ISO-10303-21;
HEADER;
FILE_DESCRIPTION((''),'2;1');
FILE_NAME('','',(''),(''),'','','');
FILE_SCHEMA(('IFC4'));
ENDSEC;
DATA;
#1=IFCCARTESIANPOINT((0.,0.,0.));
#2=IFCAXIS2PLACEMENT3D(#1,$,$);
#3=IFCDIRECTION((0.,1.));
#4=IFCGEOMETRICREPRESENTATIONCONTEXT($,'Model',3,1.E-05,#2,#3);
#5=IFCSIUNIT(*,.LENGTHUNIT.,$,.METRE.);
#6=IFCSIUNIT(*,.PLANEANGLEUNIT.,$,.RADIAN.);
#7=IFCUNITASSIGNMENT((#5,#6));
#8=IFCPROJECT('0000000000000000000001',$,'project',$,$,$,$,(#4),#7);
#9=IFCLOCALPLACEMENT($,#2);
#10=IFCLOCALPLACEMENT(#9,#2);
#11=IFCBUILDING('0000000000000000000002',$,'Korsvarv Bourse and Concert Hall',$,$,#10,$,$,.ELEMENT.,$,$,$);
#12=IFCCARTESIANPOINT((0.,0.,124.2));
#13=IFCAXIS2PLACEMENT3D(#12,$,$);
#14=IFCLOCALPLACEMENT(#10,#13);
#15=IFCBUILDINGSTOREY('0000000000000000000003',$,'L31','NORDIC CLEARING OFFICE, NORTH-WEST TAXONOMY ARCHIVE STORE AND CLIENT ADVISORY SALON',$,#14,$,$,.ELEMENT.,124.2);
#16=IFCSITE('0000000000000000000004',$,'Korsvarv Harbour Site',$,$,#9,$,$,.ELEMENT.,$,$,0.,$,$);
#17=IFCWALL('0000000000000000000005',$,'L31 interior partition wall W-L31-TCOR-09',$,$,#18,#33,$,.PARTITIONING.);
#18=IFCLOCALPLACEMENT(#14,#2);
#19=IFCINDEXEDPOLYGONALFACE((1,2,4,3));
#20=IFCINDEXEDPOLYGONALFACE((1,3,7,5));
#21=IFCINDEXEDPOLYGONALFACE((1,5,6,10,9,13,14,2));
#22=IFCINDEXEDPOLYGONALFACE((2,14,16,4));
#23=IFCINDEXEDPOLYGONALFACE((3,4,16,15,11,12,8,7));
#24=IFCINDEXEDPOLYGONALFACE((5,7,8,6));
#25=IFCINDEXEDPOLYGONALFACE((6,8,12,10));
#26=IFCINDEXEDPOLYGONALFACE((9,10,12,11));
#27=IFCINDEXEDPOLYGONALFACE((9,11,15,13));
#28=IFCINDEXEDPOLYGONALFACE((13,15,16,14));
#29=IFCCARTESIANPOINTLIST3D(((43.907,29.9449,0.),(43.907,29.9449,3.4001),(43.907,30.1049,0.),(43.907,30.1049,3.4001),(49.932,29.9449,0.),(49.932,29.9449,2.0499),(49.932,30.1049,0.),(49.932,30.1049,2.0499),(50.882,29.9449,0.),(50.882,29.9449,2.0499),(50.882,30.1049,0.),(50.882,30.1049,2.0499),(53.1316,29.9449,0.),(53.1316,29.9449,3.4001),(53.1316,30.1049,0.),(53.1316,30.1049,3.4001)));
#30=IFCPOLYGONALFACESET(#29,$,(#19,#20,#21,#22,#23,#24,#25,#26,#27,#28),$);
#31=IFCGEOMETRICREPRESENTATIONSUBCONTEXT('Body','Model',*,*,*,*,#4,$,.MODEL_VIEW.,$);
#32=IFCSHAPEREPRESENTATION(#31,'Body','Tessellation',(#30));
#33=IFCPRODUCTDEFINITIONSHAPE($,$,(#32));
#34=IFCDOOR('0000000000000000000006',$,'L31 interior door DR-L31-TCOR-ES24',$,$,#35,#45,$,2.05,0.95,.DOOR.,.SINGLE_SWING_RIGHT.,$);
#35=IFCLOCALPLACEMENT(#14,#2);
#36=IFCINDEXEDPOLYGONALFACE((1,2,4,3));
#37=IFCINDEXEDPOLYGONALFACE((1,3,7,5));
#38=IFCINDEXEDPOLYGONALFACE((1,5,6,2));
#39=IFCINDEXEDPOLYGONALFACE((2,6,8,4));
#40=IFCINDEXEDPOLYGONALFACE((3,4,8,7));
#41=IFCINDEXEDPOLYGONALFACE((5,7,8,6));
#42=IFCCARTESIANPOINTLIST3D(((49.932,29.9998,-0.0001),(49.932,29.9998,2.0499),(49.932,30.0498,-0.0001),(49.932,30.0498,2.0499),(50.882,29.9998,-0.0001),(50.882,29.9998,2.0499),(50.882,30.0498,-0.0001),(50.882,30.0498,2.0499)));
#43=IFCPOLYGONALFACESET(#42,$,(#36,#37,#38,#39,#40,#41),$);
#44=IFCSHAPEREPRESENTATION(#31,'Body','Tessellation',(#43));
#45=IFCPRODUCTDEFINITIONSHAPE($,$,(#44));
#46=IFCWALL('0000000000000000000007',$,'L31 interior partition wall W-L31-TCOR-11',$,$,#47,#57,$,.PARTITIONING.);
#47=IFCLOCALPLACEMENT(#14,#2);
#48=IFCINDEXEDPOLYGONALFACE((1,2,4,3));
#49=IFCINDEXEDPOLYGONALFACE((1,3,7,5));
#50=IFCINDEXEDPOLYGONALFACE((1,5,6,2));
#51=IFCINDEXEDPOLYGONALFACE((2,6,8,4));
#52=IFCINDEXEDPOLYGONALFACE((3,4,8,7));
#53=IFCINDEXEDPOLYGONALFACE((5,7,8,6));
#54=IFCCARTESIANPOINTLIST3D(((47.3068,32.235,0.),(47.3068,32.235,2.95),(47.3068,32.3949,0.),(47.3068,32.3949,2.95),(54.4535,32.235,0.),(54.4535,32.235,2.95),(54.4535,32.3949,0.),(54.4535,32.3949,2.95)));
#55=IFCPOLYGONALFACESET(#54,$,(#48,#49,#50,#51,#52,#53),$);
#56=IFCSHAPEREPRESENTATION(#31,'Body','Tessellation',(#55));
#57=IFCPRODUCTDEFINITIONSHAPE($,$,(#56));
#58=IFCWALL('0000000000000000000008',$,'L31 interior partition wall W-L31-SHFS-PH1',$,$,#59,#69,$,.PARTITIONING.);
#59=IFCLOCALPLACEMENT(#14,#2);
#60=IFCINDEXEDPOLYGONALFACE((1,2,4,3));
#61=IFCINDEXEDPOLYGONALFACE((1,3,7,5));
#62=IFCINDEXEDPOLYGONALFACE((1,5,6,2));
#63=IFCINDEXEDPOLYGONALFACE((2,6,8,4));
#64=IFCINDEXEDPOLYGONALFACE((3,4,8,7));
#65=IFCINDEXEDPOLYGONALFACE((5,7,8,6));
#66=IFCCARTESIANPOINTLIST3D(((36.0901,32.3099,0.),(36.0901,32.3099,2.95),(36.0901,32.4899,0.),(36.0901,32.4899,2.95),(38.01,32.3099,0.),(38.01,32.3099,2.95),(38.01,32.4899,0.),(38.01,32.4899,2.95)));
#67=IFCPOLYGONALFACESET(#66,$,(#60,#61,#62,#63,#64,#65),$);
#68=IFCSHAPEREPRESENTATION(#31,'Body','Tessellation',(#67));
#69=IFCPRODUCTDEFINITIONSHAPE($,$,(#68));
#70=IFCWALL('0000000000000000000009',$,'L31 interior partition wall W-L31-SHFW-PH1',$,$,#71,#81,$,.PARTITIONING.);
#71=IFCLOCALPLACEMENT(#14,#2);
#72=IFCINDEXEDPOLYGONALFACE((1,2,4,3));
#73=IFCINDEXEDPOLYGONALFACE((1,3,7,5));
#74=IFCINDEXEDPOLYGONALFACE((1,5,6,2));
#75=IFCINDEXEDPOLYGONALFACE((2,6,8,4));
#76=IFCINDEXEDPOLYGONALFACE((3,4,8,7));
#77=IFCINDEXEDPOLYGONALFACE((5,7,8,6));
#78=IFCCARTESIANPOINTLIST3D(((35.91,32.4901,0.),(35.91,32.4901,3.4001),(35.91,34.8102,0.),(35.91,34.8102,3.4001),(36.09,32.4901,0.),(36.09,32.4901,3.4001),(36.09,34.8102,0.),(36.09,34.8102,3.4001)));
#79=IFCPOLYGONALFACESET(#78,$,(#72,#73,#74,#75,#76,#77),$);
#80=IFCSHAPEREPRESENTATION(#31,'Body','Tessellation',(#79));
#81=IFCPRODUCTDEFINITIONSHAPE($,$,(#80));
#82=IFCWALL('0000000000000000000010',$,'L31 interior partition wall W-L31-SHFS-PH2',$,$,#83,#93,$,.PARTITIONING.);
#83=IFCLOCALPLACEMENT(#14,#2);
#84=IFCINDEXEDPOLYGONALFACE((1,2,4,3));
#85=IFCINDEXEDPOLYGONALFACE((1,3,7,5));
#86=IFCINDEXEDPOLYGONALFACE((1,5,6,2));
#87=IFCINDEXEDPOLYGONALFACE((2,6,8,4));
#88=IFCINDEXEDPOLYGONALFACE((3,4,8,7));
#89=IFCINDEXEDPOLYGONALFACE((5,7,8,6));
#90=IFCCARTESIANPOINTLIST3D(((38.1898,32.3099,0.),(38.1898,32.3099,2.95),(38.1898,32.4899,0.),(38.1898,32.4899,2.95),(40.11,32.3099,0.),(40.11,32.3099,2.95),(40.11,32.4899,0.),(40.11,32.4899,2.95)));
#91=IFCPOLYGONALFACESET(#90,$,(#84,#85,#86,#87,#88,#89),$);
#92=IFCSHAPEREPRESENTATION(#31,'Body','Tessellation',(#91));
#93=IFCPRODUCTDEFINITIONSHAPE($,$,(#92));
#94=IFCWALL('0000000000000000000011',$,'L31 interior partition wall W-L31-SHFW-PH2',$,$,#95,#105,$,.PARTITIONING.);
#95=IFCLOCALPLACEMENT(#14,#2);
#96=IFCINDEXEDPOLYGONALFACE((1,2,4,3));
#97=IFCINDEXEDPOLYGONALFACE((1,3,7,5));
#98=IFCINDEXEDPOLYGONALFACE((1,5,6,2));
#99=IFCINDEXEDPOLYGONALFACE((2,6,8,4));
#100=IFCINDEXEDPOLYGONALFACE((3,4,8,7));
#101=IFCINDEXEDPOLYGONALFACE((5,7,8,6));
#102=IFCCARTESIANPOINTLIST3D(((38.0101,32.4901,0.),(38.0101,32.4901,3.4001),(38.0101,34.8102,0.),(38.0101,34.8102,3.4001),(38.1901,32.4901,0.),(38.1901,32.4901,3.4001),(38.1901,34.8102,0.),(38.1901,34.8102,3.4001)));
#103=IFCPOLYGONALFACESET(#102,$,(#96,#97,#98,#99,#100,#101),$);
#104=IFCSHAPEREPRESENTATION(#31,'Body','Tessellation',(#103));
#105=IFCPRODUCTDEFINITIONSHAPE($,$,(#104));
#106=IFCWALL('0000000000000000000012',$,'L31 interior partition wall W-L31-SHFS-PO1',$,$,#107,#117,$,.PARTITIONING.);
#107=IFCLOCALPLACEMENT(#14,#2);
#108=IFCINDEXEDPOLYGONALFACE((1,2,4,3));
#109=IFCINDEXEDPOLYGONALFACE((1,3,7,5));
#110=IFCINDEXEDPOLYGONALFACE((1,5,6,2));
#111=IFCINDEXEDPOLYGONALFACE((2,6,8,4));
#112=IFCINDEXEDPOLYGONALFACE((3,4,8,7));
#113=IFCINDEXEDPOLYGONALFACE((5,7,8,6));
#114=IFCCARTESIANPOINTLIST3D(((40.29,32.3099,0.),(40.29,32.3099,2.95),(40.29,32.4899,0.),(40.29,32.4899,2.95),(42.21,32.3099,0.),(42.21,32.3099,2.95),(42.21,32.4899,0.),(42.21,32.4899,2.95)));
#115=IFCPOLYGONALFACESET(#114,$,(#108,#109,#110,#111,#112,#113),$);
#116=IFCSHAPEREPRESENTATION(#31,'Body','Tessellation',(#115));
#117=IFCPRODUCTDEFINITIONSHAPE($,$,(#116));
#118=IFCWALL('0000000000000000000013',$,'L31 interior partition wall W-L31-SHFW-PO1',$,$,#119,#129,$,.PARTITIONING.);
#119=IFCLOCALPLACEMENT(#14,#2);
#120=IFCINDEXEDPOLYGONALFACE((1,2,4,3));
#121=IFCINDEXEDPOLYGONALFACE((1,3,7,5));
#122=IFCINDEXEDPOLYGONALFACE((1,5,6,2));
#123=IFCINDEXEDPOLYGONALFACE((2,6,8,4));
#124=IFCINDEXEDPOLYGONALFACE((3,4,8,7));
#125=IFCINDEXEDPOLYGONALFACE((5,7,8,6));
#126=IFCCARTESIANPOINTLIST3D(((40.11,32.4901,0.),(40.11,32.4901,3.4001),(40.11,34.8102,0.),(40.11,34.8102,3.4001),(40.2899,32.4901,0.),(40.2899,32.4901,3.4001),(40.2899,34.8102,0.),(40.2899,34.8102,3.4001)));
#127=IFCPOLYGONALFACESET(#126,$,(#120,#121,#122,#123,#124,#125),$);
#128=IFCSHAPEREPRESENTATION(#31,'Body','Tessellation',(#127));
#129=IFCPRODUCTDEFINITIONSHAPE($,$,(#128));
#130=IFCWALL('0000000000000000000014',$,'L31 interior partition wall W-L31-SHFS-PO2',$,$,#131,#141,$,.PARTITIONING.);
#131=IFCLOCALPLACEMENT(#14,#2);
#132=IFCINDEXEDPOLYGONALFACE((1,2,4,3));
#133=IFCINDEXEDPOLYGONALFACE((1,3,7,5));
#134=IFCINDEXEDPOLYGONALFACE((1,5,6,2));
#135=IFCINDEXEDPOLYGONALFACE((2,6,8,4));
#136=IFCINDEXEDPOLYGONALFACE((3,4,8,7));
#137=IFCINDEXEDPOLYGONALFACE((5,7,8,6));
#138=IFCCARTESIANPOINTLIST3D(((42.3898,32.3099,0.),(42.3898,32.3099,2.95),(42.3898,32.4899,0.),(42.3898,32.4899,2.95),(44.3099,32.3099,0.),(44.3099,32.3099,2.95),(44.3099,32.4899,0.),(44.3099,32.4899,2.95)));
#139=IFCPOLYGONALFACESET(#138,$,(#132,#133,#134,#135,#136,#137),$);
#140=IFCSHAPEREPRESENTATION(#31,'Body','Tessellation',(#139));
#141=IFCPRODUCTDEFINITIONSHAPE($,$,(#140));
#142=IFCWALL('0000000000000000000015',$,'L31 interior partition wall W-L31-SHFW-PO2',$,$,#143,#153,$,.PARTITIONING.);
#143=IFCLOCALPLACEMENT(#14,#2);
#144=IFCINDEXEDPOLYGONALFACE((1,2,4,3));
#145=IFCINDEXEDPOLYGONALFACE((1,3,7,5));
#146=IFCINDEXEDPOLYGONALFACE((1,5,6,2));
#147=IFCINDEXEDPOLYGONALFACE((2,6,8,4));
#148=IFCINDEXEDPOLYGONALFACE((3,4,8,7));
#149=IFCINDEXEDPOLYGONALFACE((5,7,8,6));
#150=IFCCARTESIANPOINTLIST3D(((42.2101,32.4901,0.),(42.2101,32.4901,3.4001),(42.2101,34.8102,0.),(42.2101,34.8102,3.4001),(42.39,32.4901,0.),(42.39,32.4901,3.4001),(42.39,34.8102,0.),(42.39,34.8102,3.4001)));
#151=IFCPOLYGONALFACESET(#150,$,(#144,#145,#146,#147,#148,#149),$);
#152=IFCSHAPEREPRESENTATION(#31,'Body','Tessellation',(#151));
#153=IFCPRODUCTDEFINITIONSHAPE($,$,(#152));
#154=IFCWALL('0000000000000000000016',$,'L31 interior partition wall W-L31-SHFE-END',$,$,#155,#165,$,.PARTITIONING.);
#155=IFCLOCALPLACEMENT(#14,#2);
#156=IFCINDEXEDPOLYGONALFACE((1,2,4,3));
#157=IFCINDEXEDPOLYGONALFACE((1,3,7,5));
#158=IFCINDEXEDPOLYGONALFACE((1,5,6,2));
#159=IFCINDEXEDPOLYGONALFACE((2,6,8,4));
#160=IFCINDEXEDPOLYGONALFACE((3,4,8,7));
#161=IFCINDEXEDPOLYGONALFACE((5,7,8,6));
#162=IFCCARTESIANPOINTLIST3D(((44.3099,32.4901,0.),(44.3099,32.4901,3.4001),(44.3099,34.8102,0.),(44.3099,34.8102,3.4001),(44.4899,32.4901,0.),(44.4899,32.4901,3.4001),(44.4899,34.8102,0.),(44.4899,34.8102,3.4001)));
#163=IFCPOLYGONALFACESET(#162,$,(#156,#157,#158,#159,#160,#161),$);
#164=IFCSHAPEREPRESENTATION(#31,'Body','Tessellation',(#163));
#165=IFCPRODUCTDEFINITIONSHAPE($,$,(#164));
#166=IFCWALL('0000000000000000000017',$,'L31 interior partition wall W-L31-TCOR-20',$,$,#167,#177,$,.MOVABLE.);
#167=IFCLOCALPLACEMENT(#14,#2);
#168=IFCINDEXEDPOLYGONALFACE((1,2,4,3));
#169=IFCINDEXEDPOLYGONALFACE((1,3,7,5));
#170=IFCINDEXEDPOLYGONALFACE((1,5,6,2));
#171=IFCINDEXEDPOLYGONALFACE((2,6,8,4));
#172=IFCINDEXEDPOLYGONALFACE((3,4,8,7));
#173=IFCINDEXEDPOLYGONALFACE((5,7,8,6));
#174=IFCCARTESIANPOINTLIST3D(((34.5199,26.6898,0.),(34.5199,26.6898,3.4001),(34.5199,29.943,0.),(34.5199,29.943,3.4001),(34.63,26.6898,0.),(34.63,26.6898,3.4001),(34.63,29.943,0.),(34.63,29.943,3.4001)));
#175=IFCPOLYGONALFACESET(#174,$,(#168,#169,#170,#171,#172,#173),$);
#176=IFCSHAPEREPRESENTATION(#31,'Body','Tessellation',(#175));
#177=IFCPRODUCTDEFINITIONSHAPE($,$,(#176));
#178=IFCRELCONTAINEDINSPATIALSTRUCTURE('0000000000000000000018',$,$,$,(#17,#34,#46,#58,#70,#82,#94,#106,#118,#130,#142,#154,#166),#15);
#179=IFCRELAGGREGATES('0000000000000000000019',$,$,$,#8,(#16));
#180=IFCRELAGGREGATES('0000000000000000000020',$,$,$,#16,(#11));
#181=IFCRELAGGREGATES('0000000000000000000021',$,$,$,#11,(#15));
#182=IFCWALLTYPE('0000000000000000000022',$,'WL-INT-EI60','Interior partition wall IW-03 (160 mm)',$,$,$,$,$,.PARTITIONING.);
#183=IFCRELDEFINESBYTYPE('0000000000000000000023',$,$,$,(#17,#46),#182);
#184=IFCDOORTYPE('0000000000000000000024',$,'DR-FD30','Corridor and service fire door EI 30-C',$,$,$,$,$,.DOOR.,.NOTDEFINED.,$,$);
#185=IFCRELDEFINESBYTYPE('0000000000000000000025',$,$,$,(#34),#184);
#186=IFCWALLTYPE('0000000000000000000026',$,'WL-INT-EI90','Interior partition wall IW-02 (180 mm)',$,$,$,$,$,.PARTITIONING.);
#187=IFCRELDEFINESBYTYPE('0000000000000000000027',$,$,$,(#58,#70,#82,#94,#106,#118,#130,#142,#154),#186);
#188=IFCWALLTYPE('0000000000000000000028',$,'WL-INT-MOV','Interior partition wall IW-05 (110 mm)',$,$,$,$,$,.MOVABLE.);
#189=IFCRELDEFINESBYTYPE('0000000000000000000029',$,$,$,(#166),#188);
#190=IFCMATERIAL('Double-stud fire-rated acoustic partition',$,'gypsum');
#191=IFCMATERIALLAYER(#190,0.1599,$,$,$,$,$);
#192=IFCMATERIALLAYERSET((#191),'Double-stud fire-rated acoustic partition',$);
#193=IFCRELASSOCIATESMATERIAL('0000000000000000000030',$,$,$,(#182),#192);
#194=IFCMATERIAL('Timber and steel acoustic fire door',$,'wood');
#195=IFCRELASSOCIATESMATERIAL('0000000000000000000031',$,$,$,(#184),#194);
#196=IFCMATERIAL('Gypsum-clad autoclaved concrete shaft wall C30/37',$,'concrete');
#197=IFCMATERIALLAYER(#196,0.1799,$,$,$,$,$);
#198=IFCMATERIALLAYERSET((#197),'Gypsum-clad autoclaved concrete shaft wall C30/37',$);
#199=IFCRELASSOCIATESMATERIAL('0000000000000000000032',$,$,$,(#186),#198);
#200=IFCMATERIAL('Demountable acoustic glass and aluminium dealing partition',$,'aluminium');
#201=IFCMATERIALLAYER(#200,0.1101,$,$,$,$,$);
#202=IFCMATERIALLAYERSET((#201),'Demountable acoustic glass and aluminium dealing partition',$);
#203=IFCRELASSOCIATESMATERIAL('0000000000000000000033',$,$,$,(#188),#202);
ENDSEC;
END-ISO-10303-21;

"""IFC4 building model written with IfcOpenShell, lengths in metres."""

from ifc_helpers import new_model, si_unit, direction, frame, frame_2d, origin, place, context, subcontext, project, spatial, rectangle, extrude, material, layer, layer_set, type_object, element, fill, save


model = new_model("IFC4")

# Units and contexts
model_context = context("Model", 3, precision=1e-05, world=origin(), true_north=direction((0.0, 1.0)))
body_context = subcontext(model_context, "Body", "Model", "MODEL_VIEW")
ifc_project = project(units=[si_unit("LENGTHUNIT", "METRE"), si_unit("PLANEANGLEUNIT", "RADIAN")], contexts=[model_context])

# Site, building, storey
site_placement = place(None, origin())
site = spatial("IfcSite", under=ifc_project, at=site_placement, Name="Korsvarv Harbour Site", CompositionType="ELEMENT", RefElevation=0.0)
building_placement = place(site_placement, origin())
building = spatial("IfcBuilding", under=site, at=building_placement, Name="Korsvarv Bourse and Concert Hall", CompositionType="ELEMENT")
storey_placement = place(building_placement, frame((0.0, 0.0, 124.2)))
storey = spatial("IfcBuildingStorey", under=building, at=storey_placement, Name="L31", Description="NORDIC CLEARING OFFICE, NORTH-WEST TAXONOMY ARCHIVE STORE AND CLIENT ADVISORY SALON", CompositionType="ELEMENT", Elevation=124.2)

# Shared definitions
ifc_material_1 = material(Name="Double-stud fire-rated acoustic partition", Category="gypsum")
ifc_layer_1 = layer(ifc_material_1, 0.1599)
ifc_layer_set_1 = layer_set([ifc_layer_1], Name="Double-stud fire-rated acoustic partition")
wall_type_1 = type_object("IfcWallType", Name="WL-INT-EI60", Description="Interior partition wall IW-03 (160 mm)", PredefinedType="PARTITIONING", material=ifc_layer_set_1)
ifc_material_2 = material(Name="Timber and steel acoustic fire door", Category="wood")
door_type = type_object("IfcDoorType", Name="DR-FD30", Description="Corridor and service fire door EI 30-C", OperationType="NOTDEFINED", PredefinedType="DOOR", material=ifc_material_2)

# Wall, opening, door
wall_1_placement = place(storey_placement, frame((43.907, 30.0249, 0.0), z_axis=(0.0, 0.0, 1.0), x_axis=(1.0, 0.0, 0.0)))
wall_1 = element("IfcWall", 1, at=wall_1_placement, inside=storey, type_object=wall_type_1, Name="L31 interior partition wall W-L31-TCOR-09", PredefinedType="PARTITIONING", context=body_context, shape_type="SweptSolid", body=[
    extrude(rectangle(XDim=9.2246, YDim=0.1599, at=frame_2d((4.6123, 0.0))), origin(), (0.0, 0.0, 1.0), 3.4001),
])
opening_1_placement = place(wall_1_placement, frame((6.0249, 0.0, 0.0)))
opening_1 = element("IfcOpeningElement", 2, at=opening_1_placement, cuts=wall_1, PredefinedType="OPENING", context=body_context, shape_type="SweptSolid", body=[
    extrude(rectangle(XDim=0.95, YDim=2.05, at=frame_2d((0.4751, 1.0249))), frame((0.0, 0.0898, 0.0), z_axis=(0.0, -1.0, 0.0), x_axis=(1.0, 0.0, 0.0)), (0.0, 0.0, 1.0), 0.1799),
])
door_1_placement = place(opening_1_placement, origin())
door_1 = element("IfcDoor", 3, at=door_1_placement, inside=storey, type_object=door_type, Name="L31 interior door DR-L31-TCOR-ES24", OperationType="SINGLE_SWING_RIGHT", OverallHeight=2.05, OverallWidth=0.95, PredefinedType="DOOR", context=body_context, shape_type="SweptSolid", body=[
    extrude(rectangle(XDim=0.95, YDim=2.05, at=frame_2d((0.4751, 1.0249))), frame((0.0, 0.0249, 0.0), z_axis=(0.0, -1.0, 0.0), x_axis=(1.0, 0.0, 0.0)), (0.0, 0.0, 1.0), 0.05),
])
fill(opening_1, door_1)

# Walls
wall_2_placement = place(storey_placement, frame((47.3069, 32.3149, 0.0), z_axis=(0.0, 0.0, 1.0), x_axis=(1.0, 0.0, 0.0)))
element("IfcWall", 4, at=wall_2_placement, inside=storey, type_object=wall_type_1, Name="L31 interior partition wall W-L31-TCOR-11", PredefinedType="PARTITIONING", context=body_context, shape_type="SweptSolid", body=[
    extrude(rectangle(XDim=7.1467, YDim=0.1599, at=frame_2d((3.5732, 0.0))), origin(), (0.0, 0.0, 1.0), 2.95),
])
ifc_material_3 = material(Name="Gypsum-clad autoclaved concrete shaft wall C30/37", Category="concrete")
ifc_layer_2 = layer(ifc_material_3, 0.1799)
ifc_layer_set_2 = layer_set([ifc_layer_2], Name="Gypsum-clad autoclaved concrete shaft wall C30/37")
wall_type_2 = type_object("IfcWallType", Name="WL-INT-EI90", Description="Interior partition wall IW-02 (180 mm)", PredefinedType="PARTITIONING", material=ifc_layer_set_2)
wall_3_placement = place(storey_placement, frame((36.0901, 32.3999, 0.0), z_axis=(0.0, 0.0, 1.0), x_axis=(1.0, 0.0, 0.0)))
element("IfcWall", 5, at=wall_3_placement, inside=storey, type_object=wall_type_2, Name="L31 interior partition wall W-L31-SHFS-PH1", PredefinedType="PARTITIONING", context=body_context, shape_type="SweptSolid", body=[
    extrude(rectangle(XDim=1.9199, YDim=0.1799, at=frame_2d((0.96, 0.0))), origin(), (0.0, 0.0, 1.0), 2.95),
])
wall_4_placement = place(storey_placement, frame((36.0, 32.49, 0.0), z_axis=(0.0, 0.0, 1.0), x_axis=(0.0, 1.0, 0.0)))
element("IfcWall", 6, at=wall_4_placement, inside=storey, type_object=wall_type_2, Name="L31 interior partition wall W-L31-SHFW-PH1", PredefinedType="PARTITIONING", context=body_context, shape_type="SweptSolid", body=[
    extrude(rectangle(XDim=2.3201, YDim=0.1799, at=frame_2d((1.1602, 0.0))), origin(), (0.0, 0.0, 1.0), 3.4001),
])
wall_5_placement = place(storey_placement, frame((38.1899, 32.3999, 0.0), z_axis=(0.0, 0.0, 1.0), x_axis=(1.0, 0.0, 0.0)))
element("IfcWall", 7, at=wall_5_placement, inside=storey, type_object=wall_type_2, Name="L31 interior partition wall W-L31-SHFS-PH2", PredefinedType="PARTITIONING", context=body_context, shape_type="SweptSolid", body=[
    extrude(rectangle(XDim=1.9202, YDim=0.1799, at=frame_2d((0.96, 0.0))), origin(), (0.0, 0.0, 1.0), 2.95),
])
wall_6_placement = place(storey_placement, frame((38.1001, 32.49, 0.0), z_axis=(0.0, 0.0, 1.0), x_axis=(0.0, 1.0, 0.0)))
element("IfcWall", 8, at=wall_6_placement, inside=storey, type_object=wall_type_2, Name="L31 interior partition wall W-L31-SHFW-PH2", PredefinedType="PARTITIONING", context=body_context, shape_type="SweptSolid", body=[
    extrude(rectangle(XDim=2.3201, YDim=0.1799, at=frame_2d((1.1602, 0.0))), origin(), (0.0, 0.0, 1.0), 3.4001),
])
wall_7_placement = place(storey_placement, frame((40.29, 32.3999, 0.0), z_axis=(0.0, 0.0, 1.0), x_axis=(1.0, 0.0, 0.0)))
element("IfcWall", 9, at=wall_7_placement, inside=storey, type_object=wall_type_2, Name="L31 interior partition wall W-L31-SHFS-PO1", PredefinedType="PARTITIONING", context=body_context, shape_type="SweptSolid", body=[
    extrude(rectangle(XDim=1.9199, YDim=0.1799, at=frame_2d((0.96, 0.0))), origin(), (0.0, 0.0, 1.0), 2.95),
])
wall_8_placement = place(storey_placement, frame((40.2, 32.49, 0.0), z_axis=(0.0, 0.0, 1.0), x_axis=(0.0, 1.0, 0.0)))
element("IfcWall", 10, at=wall_8_placement, inside=storey, type_object=wall_type_2, Name="L31 interior partition wall W-L31-SHFW-PO1", PredefinedType="PARTITIONING", context=body_context, shape_type="SweptSolid", body=[
    extrude(rectangle(XDim=2.3201, YDim=0.1799, at=frame_2d((1.1602, 0.0))), origin(), (0.0, 0.0, 1.0), 3.4001),
])
wall_9_placement = place(storey_placement, frame((42.3899, 32.3999, 0.0), z_axis=(0.0, 0.0, 1.0), x_axis=(1.0, 0.0, 0.0)))
element("IfcWall", 11, at=wall_9_placement, inside=storey, type_object=wall_type_2, Name="L31 interior partition wall W-L31-SHFS-PO2", PredefinedType="PARTITIONING", context=body_context, shape_type="SweptSolid", body=[
    extrude(rectangle(XDim=1.9202, YDim=0.1799, at=frame_2d((0.96, 0.0))), origin(), (0.0, 0.0, 1.0), 2.95),
])
for number, where, z_axis, x_axis, name in (
    (12, (42.3, 32.49, 0.0), (0.0, 0.0, 1.0), (0.0, 1.0, 0.0), "L31 interior partition wall W-L31-SHFW-PO2"),
    (13, (44.3999, 32.49, 0.0), (0.0, 0.0, 1.0), (0.0, 1.0, 0.0), "L31 interior partition wall W-L31-SHFE-END"),
):
    element("IfcWall", number, at=place(storey_placement, frame(where, z_axis=z_axis, x_axis=x_axis)), inside=storey, type_object=wall_type_2, Name=name, PredefinedType="PARTITIONING", context=body_context, shape_type="SweptSolid", body=[
        extrude(rectangle(XDim=2.3201, YDim=0.1799, at=frame_2d((1.1602, 0.0))), origin(), (0.0, 0.0, 1.0), 3.4001),
    ])
ifc_material_4 = material(Name="Demountable acoustic glass and aluminium dealing partition", Category="aluminium")
ifc_layer_3 = layer(ifc_material_4, 0.1101)
ifc_layer_set_3 = layer_set([ifc_layer_3], Name="Demountable acoustic glass and aluminium dealing partition")
wall_type_3 = type_object("IfcWallType", Name="WL-INT-MOV", Description="Interior partition wall IW-05 (110 mm)", PredefinedType="MOVABLE", material=ifc_layer_set_3)
wall_10_placement = place(storey_placement, frame((34.575, 26.6899, 0.0), z_axis=(0.0, 0.0, 1.0), x_axis=(0.0, 1.0, 0.0)))
element("IfcWall", 14, at=wall_10_placement, inside=storey, type_object=wall_type_3, Name="L31 interior partition wall W-L31-TCOR-20", PredefinedType="MOVABLE", context=body_context, shape_type="SweptSolid", body=[
    extrude(rectangle(XDim=3.2532, YDim=0.1101, at=frame_2d((1.6265, 0.0))), origin(), (0.0, 0.0, 1.0), 3.4001),
])

save(model, "model.ifc")
